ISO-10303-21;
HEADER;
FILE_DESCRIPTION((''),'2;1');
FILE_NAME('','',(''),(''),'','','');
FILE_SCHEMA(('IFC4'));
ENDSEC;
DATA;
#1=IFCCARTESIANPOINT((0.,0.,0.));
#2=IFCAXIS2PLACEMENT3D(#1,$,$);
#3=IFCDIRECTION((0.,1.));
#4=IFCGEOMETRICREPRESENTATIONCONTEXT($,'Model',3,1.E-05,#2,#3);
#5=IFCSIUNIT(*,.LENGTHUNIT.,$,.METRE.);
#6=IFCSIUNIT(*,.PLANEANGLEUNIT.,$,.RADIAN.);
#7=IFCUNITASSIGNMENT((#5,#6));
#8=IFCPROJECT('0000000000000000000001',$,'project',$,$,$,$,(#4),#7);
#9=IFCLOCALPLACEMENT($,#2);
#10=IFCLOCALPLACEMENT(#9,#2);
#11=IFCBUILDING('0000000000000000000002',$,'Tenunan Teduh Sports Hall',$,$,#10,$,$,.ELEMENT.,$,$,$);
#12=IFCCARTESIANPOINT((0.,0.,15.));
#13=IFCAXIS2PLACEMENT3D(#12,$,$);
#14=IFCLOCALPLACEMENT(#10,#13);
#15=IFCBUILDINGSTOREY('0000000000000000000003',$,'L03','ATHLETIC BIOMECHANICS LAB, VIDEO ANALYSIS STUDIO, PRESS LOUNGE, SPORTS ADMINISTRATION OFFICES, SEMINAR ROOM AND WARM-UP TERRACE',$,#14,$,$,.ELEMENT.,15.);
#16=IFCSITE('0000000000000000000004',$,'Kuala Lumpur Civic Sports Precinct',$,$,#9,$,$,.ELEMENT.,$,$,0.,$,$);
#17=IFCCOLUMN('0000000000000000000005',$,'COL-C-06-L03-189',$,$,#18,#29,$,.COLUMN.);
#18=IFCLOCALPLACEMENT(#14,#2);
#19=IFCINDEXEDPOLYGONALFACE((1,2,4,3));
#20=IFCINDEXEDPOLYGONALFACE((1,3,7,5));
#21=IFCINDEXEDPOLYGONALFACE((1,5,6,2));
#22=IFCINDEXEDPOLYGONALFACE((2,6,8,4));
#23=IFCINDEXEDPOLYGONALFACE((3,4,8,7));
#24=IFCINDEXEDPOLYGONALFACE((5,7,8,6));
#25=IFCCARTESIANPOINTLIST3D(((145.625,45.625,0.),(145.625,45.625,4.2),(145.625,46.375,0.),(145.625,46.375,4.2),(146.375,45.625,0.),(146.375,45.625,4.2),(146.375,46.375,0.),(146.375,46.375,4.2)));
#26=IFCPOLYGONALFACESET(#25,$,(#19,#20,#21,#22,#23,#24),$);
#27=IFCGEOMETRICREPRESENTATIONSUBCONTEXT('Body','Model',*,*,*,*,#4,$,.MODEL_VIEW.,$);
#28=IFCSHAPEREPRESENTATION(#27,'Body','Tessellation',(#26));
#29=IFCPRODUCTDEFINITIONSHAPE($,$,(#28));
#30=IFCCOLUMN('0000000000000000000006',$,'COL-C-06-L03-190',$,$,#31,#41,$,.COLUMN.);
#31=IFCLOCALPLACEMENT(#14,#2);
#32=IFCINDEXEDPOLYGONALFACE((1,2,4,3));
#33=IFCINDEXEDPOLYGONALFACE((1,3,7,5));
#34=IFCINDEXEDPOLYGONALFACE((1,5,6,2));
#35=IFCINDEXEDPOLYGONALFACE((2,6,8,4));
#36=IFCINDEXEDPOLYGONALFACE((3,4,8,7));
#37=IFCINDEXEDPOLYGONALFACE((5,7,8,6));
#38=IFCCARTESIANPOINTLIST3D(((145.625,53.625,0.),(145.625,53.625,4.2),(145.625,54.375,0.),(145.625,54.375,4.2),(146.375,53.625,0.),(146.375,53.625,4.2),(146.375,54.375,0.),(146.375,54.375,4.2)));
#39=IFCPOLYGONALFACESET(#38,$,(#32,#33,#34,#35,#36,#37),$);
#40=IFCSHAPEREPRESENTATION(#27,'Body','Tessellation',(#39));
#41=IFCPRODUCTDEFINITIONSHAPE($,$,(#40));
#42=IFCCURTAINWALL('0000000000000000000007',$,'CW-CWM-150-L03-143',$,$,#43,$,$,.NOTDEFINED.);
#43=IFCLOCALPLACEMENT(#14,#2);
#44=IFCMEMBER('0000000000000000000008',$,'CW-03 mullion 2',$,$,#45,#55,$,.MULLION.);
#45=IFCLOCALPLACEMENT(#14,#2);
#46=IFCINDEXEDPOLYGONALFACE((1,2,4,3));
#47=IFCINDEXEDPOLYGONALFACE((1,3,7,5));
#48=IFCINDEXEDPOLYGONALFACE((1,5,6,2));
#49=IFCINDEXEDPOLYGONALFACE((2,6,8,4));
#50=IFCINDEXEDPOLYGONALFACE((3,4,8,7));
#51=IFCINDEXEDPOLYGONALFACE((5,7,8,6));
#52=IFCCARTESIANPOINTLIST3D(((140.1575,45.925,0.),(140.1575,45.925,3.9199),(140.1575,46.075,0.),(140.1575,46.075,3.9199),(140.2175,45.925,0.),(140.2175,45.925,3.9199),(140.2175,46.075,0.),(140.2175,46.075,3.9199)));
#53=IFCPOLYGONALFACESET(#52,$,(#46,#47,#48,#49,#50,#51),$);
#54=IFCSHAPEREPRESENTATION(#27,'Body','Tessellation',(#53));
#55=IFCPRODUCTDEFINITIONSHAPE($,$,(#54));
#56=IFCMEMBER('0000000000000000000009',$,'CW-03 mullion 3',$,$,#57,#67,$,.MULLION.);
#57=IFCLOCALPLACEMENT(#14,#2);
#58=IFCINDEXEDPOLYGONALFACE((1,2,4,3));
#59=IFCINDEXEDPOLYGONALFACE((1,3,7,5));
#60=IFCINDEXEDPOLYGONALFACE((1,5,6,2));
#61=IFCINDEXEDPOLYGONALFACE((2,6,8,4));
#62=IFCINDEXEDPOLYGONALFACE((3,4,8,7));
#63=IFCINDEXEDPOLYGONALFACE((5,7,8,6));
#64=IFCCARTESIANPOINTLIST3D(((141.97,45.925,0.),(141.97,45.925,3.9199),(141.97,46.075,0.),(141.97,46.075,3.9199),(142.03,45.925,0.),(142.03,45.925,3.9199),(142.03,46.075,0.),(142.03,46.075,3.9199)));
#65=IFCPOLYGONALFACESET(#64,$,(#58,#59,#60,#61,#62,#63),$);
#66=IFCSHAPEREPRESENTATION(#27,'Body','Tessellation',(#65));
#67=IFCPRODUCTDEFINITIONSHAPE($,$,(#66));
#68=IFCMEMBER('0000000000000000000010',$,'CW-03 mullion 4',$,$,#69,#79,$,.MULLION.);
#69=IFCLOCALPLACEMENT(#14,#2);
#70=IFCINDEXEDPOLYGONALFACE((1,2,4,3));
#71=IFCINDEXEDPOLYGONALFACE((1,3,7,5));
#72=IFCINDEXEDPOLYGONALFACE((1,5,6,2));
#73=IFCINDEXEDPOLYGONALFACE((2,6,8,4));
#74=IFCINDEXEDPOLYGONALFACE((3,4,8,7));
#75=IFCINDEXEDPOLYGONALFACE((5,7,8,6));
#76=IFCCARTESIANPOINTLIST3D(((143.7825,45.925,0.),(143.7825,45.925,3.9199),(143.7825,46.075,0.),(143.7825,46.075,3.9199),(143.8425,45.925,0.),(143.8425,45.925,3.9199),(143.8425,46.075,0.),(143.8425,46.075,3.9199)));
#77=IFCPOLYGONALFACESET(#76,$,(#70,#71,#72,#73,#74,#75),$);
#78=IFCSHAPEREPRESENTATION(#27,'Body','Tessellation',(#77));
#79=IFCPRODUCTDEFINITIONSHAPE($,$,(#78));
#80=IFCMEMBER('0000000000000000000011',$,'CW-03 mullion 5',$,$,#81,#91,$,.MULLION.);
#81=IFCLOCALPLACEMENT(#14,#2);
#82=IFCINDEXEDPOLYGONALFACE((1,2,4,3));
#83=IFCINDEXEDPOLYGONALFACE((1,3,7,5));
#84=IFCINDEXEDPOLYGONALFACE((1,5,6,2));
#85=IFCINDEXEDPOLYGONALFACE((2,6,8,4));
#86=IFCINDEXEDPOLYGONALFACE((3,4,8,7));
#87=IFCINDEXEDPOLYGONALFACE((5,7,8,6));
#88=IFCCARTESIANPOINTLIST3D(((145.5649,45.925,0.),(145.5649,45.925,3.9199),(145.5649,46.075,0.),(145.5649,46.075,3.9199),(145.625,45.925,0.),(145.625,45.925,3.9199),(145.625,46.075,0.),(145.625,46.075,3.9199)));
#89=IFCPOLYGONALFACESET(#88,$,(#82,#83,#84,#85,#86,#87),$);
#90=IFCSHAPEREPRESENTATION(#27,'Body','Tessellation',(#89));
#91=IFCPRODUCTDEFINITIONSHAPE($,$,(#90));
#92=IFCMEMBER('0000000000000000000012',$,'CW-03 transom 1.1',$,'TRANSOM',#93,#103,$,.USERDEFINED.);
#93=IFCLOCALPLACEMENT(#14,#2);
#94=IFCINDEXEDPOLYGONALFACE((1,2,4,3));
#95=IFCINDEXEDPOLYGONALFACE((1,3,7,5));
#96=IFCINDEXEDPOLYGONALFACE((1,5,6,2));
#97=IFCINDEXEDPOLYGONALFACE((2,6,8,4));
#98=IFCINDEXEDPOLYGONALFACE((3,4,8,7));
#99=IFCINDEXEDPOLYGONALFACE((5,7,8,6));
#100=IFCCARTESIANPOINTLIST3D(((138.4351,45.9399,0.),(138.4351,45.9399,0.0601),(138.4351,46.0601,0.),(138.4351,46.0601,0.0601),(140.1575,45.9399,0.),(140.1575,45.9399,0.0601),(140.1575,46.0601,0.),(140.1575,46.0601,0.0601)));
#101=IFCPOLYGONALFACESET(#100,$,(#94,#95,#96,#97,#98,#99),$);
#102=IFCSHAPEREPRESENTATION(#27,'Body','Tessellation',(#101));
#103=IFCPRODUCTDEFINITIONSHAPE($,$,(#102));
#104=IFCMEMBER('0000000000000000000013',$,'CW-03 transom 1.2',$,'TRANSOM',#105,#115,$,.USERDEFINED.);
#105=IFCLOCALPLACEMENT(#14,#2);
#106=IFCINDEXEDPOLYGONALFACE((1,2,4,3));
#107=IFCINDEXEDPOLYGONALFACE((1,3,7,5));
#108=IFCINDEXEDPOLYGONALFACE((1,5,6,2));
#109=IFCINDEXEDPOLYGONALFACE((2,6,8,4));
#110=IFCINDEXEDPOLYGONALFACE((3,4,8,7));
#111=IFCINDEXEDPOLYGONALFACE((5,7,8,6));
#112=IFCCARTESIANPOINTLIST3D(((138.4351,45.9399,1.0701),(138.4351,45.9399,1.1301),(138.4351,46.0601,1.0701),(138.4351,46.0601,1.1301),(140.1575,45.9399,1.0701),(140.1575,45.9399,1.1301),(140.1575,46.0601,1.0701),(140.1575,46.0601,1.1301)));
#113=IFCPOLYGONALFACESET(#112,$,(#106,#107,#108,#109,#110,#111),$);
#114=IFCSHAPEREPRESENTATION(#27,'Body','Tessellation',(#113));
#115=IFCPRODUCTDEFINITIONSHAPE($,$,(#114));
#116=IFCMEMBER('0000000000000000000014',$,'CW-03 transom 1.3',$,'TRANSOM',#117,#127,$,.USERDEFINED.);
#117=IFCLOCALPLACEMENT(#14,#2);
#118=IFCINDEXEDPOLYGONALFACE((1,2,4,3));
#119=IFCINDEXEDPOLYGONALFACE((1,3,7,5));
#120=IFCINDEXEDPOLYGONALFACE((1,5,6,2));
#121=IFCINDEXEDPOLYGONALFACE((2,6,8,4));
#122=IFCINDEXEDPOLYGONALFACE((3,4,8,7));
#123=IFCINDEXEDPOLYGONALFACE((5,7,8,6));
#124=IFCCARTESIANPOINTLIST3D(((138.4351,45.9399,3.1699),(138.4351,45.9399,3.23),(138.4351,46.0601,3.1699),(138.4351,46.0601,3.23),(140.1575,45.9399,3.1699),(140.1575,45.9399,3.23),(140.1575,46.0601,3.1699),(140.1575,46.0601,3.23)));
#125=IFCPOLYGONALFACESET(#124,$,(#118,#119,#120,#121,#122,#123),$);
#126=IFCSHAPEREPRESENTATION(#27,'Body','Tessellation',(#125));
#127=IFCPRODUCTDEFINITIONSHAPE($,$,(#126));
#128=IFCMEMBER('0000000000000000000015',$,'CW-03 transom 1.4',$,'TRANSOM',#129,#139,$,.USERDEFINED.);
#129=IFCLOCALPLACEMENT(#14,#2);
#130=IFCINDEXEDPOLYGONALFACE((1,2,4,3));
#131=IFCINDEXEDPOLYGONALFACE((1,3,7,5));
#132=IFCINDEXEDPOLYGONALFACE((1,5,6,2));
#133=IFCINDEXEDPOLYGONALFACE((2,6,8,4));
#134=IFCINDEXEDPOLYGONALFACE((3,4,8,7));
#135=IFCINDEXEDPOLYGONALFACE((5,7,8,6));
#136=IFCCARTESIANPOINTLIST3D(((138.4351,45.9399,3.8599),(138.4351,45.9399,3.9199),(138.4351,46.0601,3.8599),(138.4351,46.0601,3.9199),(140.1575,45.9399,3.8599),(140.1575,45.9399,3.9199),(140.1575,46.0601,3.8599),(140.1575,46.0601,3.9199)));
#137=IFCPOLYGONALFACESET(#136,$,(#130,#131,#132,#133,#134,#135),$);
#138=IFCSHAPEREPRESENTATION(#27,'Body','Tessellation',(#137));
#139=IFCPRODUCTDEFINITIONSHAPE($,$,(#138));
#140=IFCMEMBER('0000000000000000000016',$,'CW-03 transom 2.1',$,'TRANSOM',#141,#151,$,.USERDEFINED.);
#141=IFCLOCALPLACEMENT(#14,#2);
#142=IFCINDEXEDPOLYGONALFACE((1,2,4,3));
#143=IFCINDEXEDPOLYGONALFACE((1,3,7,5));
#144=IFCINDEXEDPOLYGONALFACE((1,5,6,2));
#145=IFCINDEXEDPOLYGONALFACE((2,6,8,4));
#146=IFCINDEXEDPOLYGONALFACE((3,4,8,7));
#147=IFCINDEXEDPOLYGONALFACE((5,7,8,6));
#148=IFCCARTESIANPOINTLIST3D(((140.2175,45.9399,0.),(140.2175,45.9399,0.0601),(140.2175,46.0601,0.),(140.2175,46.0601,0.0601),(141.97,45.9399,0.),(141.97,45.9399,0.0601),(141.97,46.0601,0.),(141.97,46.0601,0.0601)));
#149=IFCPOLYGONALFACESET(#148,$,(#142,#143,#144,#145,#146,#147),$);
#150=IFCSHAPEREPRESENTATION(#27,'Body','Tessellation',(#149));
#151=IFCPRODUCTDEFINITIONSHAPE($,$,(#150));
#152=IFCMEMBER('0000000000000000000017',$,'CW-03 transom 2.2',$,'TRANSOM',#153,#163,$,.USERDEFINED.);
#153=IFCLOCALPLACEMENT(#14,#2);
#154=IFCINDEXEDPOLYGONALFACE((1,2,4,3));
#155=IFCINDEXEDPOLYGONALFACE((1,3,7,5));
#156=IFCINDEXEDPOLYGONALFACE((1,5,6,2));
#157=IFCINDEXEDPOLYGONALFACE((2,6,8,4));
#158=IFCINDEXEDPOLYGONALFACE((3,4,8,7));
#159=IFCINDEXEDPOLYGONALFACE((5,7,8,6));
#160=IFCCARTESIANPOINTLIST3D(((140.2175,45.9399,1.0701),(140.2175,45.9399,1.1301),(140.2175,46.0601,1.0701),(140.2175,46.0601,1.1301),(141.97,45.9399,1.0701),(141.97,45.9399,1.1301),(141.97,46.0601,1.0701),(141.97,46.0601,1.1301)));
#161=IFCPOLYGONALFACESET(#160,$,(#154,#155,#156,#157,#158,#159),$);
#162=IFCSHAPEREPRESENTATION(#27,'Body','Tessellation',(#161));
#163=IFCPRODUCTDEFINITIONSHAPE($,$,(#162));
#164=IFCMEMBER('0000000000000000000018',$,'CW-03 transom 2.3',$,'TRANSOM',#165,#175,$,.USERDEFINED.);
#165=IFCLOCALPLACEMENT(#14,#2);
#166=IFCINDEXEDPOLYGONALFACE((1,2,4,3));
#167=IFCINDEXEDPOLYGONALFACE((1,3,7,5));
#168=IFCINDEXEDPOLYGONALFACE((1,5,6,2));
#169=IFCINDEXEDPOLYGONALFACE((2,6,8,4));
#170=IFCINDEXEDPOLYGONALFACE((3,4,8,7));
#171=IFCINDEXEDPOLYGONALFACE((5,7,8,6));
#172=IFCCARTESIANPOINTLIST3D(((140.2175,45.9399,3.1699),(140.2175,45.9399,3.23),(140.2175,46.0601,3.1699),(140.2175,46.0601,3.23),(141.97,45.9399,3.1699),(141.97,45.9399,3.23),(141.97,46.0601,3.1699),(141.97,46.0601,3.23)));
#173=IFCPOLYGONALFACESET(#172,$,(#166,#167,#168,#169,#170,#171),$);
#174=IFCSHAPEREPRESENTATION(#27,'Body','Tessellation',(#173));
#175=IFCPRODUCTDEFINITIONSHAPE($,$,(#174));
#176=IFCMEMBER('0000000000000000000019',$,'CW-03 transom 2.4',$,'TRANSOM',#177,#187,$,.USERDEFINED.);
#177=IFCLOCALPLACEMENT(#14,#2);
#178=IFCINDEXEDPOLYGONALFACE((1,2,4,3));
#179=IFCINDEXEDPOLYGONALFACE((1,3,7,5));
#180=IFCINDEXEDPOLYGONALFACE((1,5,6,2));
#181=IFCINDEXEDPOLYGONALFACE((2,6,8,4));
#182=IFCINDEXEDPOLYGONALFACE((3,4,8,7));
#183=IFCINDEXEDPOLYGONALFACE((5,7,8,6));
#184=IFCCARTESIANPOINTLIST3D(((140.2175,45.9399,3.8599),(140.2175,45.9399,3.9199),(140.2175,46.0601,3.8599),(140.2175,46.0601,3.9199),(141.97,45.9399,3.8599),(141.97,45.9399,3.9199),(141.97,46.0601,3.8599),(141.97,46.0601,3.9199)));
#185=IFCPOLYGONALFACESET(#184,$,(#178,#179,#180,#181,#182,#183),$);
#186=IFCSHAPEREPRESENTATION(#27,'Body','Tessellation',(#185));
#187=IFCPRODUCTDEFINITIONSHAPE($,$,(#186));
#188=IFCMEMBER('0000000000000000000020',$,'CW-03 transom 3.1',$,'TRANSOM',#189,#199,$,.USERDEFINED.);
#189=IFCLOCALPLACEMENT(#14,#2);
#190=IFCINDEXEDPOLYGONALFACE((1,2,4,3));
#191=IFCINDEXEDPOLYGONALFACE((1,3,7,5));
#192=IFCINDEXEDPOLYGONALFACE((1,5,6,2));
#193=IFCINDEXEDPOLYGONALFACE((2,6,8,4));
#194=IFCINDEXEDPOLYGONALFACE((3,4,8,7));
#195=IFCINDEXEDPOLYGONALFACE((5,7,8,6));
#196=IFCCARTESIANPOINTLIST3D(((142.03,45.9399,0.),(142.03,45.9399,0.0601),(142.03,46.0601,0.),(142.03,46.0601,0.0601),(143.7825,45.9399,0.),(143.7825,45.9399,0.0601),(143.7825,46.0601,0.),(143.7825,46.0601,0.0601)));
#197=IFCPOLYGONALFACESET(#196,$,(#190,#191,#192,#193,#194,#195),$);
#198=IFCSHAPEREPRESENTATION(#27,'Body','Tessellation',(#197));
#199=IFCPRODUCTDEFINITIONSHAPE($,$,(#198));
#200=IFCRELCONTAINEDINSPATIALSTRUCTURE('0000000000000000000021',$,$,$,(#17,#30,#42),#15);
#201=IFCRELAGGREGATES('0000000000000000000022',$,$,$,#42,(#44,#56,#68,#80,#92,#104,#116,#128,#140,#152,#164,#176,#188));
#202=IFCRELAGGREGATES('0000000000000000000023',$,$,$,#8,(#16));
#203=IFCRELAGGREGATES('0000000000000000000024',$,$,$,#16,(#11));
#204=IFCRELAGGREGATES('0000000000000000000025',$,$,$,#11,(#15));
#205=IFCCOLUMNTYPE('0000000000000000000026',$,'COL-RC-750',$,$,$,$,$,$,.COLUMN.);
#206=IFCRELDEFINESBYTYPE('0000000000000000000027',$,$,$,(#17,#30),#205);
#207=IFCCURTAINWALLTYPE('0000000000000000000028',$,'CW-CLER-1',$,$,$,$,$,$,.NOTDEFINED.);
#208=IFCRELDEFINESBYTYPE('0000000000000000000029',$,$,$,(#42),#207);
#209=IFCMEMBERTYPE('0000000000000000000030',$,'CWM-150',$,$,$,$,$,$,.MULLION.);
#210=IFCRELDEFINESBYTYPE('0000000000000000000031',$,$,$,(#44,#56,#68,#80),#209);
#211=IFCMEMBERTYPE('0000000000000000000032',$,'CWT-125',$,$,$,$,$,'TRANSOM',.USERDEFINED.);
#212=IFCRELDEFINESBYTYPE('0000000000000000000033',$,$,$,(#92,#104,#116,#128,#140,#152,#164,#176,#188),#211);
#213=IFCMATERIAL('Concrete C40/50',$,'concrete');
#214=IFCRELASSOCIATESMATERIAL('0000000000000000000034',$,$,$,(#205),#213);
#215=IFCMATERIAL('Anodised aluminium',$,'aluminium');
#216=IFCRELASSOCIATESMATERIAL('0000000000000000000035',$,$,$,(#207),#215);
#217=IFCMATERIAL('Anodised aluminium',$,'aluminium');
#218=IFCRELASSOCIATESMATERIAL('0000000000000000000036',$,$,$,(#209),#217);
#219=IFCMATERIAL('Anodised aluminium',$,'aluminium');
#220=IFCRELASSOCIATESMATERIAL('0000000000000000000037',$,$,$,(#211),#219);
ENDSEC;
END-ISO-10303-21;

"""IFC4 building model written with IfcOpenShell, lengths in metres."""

from ifc_helpers import new_model, si_unit, direction, frame, origin, origin_2d, place, context, subcontext, project, spatial, rectangle, extrude, material, material_profile, profile_set, type_object, element, aggregate, save


model = new_model("IFC4")

# Units and contexts
model_context = context("Model", 3, precision=1e-05, world=origin(), true_north=direction((0.0, 1.0)))
body_context = subcontext(model_context, "Body", "Model", "MODEL_VIEW")
ifc_project = project(units=[si_unit("LENGTHUNIT", "METRE"), si_unit("PLANEANGLEUNIT", "RADIAN")], contexts=[model_context])

# Site, building, storey
site_placement = place(None, origin())
site = spatial("IfcSite", under=ifc_project, at=site_placement, Name="Kuala Lumpur Civic Sports Precinct", CompositionType="ELEMENT", RefElevation=0.0)
building_placement = place(site_placement, origin())
building = spatial("IfcBuilding", under=site, at=building_placement, Name="Tenunan Teduh Sports Hall", CompositionType="ELEMENT")
storey_placement = place(building_placement, frame((0.0, 0.0, 15.0)))
storey = spatial("IfcBuildingStorey", under=building, at=storey_placement, Name="L03", Description="ATHLETIC BIOMECHANICS LAB, VIDEO ANALYSIS STUDIO, PRESS LOUNGE, SPORTS ADMINISTRATION OFFICES, SEMINAR ROOM AND WARM-UP TERRACE", CompositionType="ELEMENT", Elevation=15.0)

# Columns
ifc_material_1 = material(Name="Concrete C40/50", Category="concrete")
ifc_material_profile_1 = material_profile(ifc_material_1, rectangle(XDim=0.75, YDim=0.75, at=origin_2d()), Name="RC 750x750")
ifc_profile_set_1 = profile_set([ifc_material_profile_1], Name="Concrete C40/50")
column_type = type_object("IfcColumnType", Name="COL-RC-750", PredefinedType="COLUMN", material=ifc_profile_set_1)
for number, where, z_axis, x_axis, name in (
    (1, (146.0, 46.0, 0.0), (0.0, 0.0, 1.0), (1.0, 0.0, 0.0), "COL-C-06-L03-189"),
    (2, (146.0, 54.0, 0.0), (0.0, 0.0, 1.0), (1.0, 0.0, 0.0), "COL-C-06-L03-190"),
):
    element("IfcColumn", number, at=place(storey_placement, frame(where, z_axis=z_axis, x_axis=x_axis)), inside=storey, type_object=column_type, Name=name, PredefinedType="COLUMN", context=body_context, shape_type="SweptSolid", body=[
        extrude(rectangle(XDim=0.75, YDim=0.75, at=origin_2d()), origin(), (0.0, 0.0, 1.0), 4.2),
    ])

# Curtain wall, members
ifc_material_2 = material(Name="Anodised aluminium", Category="aluminium")
curtain_wall_type = type_object("IfcCurtainWallType", Name="CW-CLER-1", PredefinedType="NOTDEFINED", material=ifc_material_2)
curtain_wall_placement = place(storey_placement, origin())
curtain_wall = element("IfcCurtainWall", 3, at=curtain_wall_placement, inside=storey, type_object=curtain_wall_type, Name="CW-CWM-150-L03-143", PredefinedType="NOTDEFINED")
ifc_material_3 = material(Name="Anodised aluminium", Category="aluminium")
ifc_material_profile_2 = material_profile(ifc_material_3, rectangle(XDim=0.0601, YDim=0.1499, at=origin_2d()), Name="CWM 60x150")
ifc_profile_set_2 = profile_set([ifc_material_profile_2], Name="Anodised aluminium")
member_type_1 = type_object("IfcMemberType", Name="CWM-150", PredefinedType="MULLION", material=ifc_profile_set_2)
member_1_placement = place(storey_placement, frame((140.1875, 46.0, 0.0), z_axis=(0.0, 0.0, 1.0), x_axis=(1.0, 0.0, 0.0)))
member_1 = element("IfcMember", 4, at=member_1_placement, type_object=member_type_1, Name="CW-03 mullion 2", PredefinedType="MULLION", context=body_context, shape_type="SweptSolid", body=[
    extrude(rectangle(XDim=0.0601, YDim=0.1499, at=origin_2d()), origin(), (0.0, 0.0, 1.0), 3.9199),
])
member_2_placement = place(storey_placement, frame((142.0, 46.0, 0.0), z_axis=(0.0, 0.0, 1.0), x_axis=(1.0, 0.0, 0.0)))
member_2 = element("IfcMember", 5, at=member_2_placement, type_object=member_type_1, Name="CW-03 mullion 3", PredefinedType="MULLION", context=body_context, shape_type="SweptSolid", body=[
    extrude(rectangle(XDim=0.0601, YDim=0.1499, at=origin_2d()), origin(), (0.0, 0.0, 1.0), 3.9199),
])
member_3_placement = place(storey_placement, frame((143.8125, 46.0, 0.0), z_axis=(0.0, 0.0, 1.0), x_axis=(1.0, 0.0, 0.0)))
member_3 = element("IfcMember", 6, at=member_3_placement, type_object=member_type_1, Name="CW-03 mullion 4", PredefinedType="MULLION", context=body_context, shape_type="SweptSolid", body=[
    extrude(rectangle(XDim=0.0601, YDim=0.1499, at=origin_2d()), origin(), (0.0, 0.0, 1.0), 3.9199),
])
member_4_placement = place(storey_placement, frame((145.595, 46.0, 0.0), z_axis=(0.0, 0.0, 1.0), x_axis=(1.0, 0.0, 0.0)))
member_4 = element("IfcMember", 7, at=member_4_placement, type_object=member_type_1, Name="CW-03 mullion 5", PredefinedType="MULLION", context=body_context, shape_type="SweptSolid", body=[
    extrude(rectangle(XDim=0.0601, YDim=0.1499, at=origin_2d()), origin(), (0.0, 0.0, 1.0), 3.9199),
])
ifc_material_4 = material(Name="Anodised aluminium", Category="aluminium")
ifc_material_profile_3 = material_profile(ifc_material_4, rectangle(XDim=0.0601, YDim=0.1201, at=origin_2d()), Name="CWT 60x120")
ifc_profile_set_3 = profile_set([ifc_material_profile_3], Name="Anodised aluminium")
member_type_2 = type_object("IfcMemberType", Name="CWT-125", ElementType="TRANSOM", PredefinedType="USERDEFINED", material=ifc_profile_set_3)
member_5_placement = place(storey_placement, frame((138.4351, 46.0, 0.03), z_axis=(1.0, 0.0, 0.0), x_axis=(0.0, 0.0, 1.0)))
member_5 = element("IfcMember", 8, at=member_5_placement, type_object=member_type_2, Name="CW-03 transom 1.1", ObjectType="TRANSOM", PredefinedType="USERDEFINED", context=body_context, shape_type="SweptSolid", body=[
    extrude(rectangle(XDim=0.0601, YDim=0.1201, at=origin_2d()), origin(), (0.0, 0.0, 1.0), 1.7224),
])
member_6_placement = place(storey_placement, frame((138.4351, 46.0, 1.1001), z_axis=(1.0, 0.0, 0.0), x_axis=(0.0, 0.0, 1.0)))
member_6 = element("IfcMember", 9, at=member_6_placement, type_object=member_type_2, Name="CW-03 transom 1.2", ObjectType="TRANSOM", PredefinedType="USERDEFINED", context=body_context, shape_type="SweptSolid", body=[
    extrude(rectangle(XDim=0.0601, YDim=0.1201, at=origin_2d()), origin(), (0.0, 0.0, 1.0), 1.7224),
])
member_7_placement = place(storey_placement, frame((138.4351, 46.0, 3.2), z_axis=(1.0, 0.0, 0.0), x_axis=(0.0, 0.0, 1.0)))
member_7 = element("IfcMember", 10, at=member_7_placement, type_object=member_type_2, Name="CW-03 transom 1.3", ObjectType="TRANSOM", PredefinedType="USERDEFINED", context=body_context, shape_type="SweptSolid", body=[
    extrude(rectangle(XDim=0.0601, YDim=0.1201, at=origin_2d()), origin(), (0.0, 0.0, 1.0), 1.7224),
])
member_8_placement = place(storey_placement, frame((138.4351, 46.0, 3.8899), z_axis=(1.0, 0.0, 0.0), x_axis=(0.0, 0.0, 1.0)))
member_8 = element("IfcMember", 11, at=member_8_placement, type_object=member_type_2, Name="CW-03 transom 1.4", ObjectType="TRANSOM", PredefinedType="USERDEFINED", context=body_context, shape_type="SweptSolid", body=[
    extrude(rectangle(XDim=0.0601, YDim=0.1201, at=origin_2d()), origin(), (0.0, 0.0, 1.0), 1.7224),
])
member_9_placement = place(storey_placement, frame((140.2175, 46.0, 0.03), z_axis=(1.0, 0.0, 0.0), x_axis=(0.0, 0.0, 1.0)))
member_9 = element("IfcMember", 12, at=member_9_placement, type_object=member_type_2, Name="CW-03 transom 2.1", ObjectType="TRANSOM", PredefinedType="USERDEFINED", context=body_context, shape_type="SweptSolid", body=[
    extrude(rectangle(XDim=0.0601, YDim=0.1201, at=origin_2d()), origin(), (0.0, 0.0, 1.0), 1.7524),
])
member_10_placement = place(storey_placement, frame((140.2175, 46.0, 1.1001), z_axis=(1.0, 0.0, 0.0), x_axis=(0.0, 0.0, 1.0)))
member_10 = element("IfcMember", 13, at=member_10_placement, type_object=member_type_2, Name="CW-03 transom 2.2", ObjectType="TRANSOM", PredefinedType="USERDEFINED", context=body_context, shape_type="SweptSolid", body=[
    extrude(rectangle(XDim=0.0601, YDim=0.1201, at=origin_2d()), origin(), (0.0, 0.0, 1.0), 1.7524),
])
member_11_placement = place(storey_placement, frame((140.2175, 46.0, 3.2), z_axis=(1.0, 0.0, 0.0), x_axis=(0.0, 0.0, 1.0)))
member_11 = element("IfcMember", 14, at=member_11_placement, type_object=member_type_2, Name="CW-03 transom 2.3", ObjectType="TRANSOM", PredefinedType="USERDEFINED", context=body_context, shape_type="SweptSolid", body=[
    extrude(rectangle(XDim=0.0601, YDim=0.1201, at=origin_2d()), origin(), (0.0, 0.0, 1.0), 1.7524),
])
member_12_placement = place(storey_placement, frame((140.2175, 46.0, 3.8899), z_axis=(1.0, 0.0, 0.0), x_axis=(0.0, 0.0, 1.0)))
member_12 = element("IfcMember", 15, at=member_12_placement, type_object=member_type_2, Name="CW-03 transom 2.4", ObjectType="TRANSOM", PredefinedType="USERDEFINED", context=body_context, shape_type="SweptSolid", body=[
    extrude(rectangle(XDim=0.0601, YDim=0.1201, at=origin_2d()), origin(), (0.0, 0.0, 1.0), 1.7524),
])
member_13_placement = place(storey_placement, frame((142.03, 46.0, 0.03), z_axis=(1.0, 0.0, 0.0), x_axis=(0.0, 0.0, 1.0)))
member_13 = element("IfcMember", 16, at=member_13_placement, type_object=member_type_2, Name="CW-03 transom 3.1", ObjectType="TRANSOM", PredefinedType="USERDEFINED", context=body_context, shape_type="SweptSolid", body=[
    extrude(rectangle(XDim=0.0601, YDim=0.1201, at=origin_2d()), origin(), (0.0, 0.0, 1.0), 1.7524),
])

aggregate(curtain_wall, [member_1, member_2, member_3, member_4, member_5, member_6, member_7, member_8, member_9, member_10, member_11, member_12, member_13])

save(model, "model.ifc")
